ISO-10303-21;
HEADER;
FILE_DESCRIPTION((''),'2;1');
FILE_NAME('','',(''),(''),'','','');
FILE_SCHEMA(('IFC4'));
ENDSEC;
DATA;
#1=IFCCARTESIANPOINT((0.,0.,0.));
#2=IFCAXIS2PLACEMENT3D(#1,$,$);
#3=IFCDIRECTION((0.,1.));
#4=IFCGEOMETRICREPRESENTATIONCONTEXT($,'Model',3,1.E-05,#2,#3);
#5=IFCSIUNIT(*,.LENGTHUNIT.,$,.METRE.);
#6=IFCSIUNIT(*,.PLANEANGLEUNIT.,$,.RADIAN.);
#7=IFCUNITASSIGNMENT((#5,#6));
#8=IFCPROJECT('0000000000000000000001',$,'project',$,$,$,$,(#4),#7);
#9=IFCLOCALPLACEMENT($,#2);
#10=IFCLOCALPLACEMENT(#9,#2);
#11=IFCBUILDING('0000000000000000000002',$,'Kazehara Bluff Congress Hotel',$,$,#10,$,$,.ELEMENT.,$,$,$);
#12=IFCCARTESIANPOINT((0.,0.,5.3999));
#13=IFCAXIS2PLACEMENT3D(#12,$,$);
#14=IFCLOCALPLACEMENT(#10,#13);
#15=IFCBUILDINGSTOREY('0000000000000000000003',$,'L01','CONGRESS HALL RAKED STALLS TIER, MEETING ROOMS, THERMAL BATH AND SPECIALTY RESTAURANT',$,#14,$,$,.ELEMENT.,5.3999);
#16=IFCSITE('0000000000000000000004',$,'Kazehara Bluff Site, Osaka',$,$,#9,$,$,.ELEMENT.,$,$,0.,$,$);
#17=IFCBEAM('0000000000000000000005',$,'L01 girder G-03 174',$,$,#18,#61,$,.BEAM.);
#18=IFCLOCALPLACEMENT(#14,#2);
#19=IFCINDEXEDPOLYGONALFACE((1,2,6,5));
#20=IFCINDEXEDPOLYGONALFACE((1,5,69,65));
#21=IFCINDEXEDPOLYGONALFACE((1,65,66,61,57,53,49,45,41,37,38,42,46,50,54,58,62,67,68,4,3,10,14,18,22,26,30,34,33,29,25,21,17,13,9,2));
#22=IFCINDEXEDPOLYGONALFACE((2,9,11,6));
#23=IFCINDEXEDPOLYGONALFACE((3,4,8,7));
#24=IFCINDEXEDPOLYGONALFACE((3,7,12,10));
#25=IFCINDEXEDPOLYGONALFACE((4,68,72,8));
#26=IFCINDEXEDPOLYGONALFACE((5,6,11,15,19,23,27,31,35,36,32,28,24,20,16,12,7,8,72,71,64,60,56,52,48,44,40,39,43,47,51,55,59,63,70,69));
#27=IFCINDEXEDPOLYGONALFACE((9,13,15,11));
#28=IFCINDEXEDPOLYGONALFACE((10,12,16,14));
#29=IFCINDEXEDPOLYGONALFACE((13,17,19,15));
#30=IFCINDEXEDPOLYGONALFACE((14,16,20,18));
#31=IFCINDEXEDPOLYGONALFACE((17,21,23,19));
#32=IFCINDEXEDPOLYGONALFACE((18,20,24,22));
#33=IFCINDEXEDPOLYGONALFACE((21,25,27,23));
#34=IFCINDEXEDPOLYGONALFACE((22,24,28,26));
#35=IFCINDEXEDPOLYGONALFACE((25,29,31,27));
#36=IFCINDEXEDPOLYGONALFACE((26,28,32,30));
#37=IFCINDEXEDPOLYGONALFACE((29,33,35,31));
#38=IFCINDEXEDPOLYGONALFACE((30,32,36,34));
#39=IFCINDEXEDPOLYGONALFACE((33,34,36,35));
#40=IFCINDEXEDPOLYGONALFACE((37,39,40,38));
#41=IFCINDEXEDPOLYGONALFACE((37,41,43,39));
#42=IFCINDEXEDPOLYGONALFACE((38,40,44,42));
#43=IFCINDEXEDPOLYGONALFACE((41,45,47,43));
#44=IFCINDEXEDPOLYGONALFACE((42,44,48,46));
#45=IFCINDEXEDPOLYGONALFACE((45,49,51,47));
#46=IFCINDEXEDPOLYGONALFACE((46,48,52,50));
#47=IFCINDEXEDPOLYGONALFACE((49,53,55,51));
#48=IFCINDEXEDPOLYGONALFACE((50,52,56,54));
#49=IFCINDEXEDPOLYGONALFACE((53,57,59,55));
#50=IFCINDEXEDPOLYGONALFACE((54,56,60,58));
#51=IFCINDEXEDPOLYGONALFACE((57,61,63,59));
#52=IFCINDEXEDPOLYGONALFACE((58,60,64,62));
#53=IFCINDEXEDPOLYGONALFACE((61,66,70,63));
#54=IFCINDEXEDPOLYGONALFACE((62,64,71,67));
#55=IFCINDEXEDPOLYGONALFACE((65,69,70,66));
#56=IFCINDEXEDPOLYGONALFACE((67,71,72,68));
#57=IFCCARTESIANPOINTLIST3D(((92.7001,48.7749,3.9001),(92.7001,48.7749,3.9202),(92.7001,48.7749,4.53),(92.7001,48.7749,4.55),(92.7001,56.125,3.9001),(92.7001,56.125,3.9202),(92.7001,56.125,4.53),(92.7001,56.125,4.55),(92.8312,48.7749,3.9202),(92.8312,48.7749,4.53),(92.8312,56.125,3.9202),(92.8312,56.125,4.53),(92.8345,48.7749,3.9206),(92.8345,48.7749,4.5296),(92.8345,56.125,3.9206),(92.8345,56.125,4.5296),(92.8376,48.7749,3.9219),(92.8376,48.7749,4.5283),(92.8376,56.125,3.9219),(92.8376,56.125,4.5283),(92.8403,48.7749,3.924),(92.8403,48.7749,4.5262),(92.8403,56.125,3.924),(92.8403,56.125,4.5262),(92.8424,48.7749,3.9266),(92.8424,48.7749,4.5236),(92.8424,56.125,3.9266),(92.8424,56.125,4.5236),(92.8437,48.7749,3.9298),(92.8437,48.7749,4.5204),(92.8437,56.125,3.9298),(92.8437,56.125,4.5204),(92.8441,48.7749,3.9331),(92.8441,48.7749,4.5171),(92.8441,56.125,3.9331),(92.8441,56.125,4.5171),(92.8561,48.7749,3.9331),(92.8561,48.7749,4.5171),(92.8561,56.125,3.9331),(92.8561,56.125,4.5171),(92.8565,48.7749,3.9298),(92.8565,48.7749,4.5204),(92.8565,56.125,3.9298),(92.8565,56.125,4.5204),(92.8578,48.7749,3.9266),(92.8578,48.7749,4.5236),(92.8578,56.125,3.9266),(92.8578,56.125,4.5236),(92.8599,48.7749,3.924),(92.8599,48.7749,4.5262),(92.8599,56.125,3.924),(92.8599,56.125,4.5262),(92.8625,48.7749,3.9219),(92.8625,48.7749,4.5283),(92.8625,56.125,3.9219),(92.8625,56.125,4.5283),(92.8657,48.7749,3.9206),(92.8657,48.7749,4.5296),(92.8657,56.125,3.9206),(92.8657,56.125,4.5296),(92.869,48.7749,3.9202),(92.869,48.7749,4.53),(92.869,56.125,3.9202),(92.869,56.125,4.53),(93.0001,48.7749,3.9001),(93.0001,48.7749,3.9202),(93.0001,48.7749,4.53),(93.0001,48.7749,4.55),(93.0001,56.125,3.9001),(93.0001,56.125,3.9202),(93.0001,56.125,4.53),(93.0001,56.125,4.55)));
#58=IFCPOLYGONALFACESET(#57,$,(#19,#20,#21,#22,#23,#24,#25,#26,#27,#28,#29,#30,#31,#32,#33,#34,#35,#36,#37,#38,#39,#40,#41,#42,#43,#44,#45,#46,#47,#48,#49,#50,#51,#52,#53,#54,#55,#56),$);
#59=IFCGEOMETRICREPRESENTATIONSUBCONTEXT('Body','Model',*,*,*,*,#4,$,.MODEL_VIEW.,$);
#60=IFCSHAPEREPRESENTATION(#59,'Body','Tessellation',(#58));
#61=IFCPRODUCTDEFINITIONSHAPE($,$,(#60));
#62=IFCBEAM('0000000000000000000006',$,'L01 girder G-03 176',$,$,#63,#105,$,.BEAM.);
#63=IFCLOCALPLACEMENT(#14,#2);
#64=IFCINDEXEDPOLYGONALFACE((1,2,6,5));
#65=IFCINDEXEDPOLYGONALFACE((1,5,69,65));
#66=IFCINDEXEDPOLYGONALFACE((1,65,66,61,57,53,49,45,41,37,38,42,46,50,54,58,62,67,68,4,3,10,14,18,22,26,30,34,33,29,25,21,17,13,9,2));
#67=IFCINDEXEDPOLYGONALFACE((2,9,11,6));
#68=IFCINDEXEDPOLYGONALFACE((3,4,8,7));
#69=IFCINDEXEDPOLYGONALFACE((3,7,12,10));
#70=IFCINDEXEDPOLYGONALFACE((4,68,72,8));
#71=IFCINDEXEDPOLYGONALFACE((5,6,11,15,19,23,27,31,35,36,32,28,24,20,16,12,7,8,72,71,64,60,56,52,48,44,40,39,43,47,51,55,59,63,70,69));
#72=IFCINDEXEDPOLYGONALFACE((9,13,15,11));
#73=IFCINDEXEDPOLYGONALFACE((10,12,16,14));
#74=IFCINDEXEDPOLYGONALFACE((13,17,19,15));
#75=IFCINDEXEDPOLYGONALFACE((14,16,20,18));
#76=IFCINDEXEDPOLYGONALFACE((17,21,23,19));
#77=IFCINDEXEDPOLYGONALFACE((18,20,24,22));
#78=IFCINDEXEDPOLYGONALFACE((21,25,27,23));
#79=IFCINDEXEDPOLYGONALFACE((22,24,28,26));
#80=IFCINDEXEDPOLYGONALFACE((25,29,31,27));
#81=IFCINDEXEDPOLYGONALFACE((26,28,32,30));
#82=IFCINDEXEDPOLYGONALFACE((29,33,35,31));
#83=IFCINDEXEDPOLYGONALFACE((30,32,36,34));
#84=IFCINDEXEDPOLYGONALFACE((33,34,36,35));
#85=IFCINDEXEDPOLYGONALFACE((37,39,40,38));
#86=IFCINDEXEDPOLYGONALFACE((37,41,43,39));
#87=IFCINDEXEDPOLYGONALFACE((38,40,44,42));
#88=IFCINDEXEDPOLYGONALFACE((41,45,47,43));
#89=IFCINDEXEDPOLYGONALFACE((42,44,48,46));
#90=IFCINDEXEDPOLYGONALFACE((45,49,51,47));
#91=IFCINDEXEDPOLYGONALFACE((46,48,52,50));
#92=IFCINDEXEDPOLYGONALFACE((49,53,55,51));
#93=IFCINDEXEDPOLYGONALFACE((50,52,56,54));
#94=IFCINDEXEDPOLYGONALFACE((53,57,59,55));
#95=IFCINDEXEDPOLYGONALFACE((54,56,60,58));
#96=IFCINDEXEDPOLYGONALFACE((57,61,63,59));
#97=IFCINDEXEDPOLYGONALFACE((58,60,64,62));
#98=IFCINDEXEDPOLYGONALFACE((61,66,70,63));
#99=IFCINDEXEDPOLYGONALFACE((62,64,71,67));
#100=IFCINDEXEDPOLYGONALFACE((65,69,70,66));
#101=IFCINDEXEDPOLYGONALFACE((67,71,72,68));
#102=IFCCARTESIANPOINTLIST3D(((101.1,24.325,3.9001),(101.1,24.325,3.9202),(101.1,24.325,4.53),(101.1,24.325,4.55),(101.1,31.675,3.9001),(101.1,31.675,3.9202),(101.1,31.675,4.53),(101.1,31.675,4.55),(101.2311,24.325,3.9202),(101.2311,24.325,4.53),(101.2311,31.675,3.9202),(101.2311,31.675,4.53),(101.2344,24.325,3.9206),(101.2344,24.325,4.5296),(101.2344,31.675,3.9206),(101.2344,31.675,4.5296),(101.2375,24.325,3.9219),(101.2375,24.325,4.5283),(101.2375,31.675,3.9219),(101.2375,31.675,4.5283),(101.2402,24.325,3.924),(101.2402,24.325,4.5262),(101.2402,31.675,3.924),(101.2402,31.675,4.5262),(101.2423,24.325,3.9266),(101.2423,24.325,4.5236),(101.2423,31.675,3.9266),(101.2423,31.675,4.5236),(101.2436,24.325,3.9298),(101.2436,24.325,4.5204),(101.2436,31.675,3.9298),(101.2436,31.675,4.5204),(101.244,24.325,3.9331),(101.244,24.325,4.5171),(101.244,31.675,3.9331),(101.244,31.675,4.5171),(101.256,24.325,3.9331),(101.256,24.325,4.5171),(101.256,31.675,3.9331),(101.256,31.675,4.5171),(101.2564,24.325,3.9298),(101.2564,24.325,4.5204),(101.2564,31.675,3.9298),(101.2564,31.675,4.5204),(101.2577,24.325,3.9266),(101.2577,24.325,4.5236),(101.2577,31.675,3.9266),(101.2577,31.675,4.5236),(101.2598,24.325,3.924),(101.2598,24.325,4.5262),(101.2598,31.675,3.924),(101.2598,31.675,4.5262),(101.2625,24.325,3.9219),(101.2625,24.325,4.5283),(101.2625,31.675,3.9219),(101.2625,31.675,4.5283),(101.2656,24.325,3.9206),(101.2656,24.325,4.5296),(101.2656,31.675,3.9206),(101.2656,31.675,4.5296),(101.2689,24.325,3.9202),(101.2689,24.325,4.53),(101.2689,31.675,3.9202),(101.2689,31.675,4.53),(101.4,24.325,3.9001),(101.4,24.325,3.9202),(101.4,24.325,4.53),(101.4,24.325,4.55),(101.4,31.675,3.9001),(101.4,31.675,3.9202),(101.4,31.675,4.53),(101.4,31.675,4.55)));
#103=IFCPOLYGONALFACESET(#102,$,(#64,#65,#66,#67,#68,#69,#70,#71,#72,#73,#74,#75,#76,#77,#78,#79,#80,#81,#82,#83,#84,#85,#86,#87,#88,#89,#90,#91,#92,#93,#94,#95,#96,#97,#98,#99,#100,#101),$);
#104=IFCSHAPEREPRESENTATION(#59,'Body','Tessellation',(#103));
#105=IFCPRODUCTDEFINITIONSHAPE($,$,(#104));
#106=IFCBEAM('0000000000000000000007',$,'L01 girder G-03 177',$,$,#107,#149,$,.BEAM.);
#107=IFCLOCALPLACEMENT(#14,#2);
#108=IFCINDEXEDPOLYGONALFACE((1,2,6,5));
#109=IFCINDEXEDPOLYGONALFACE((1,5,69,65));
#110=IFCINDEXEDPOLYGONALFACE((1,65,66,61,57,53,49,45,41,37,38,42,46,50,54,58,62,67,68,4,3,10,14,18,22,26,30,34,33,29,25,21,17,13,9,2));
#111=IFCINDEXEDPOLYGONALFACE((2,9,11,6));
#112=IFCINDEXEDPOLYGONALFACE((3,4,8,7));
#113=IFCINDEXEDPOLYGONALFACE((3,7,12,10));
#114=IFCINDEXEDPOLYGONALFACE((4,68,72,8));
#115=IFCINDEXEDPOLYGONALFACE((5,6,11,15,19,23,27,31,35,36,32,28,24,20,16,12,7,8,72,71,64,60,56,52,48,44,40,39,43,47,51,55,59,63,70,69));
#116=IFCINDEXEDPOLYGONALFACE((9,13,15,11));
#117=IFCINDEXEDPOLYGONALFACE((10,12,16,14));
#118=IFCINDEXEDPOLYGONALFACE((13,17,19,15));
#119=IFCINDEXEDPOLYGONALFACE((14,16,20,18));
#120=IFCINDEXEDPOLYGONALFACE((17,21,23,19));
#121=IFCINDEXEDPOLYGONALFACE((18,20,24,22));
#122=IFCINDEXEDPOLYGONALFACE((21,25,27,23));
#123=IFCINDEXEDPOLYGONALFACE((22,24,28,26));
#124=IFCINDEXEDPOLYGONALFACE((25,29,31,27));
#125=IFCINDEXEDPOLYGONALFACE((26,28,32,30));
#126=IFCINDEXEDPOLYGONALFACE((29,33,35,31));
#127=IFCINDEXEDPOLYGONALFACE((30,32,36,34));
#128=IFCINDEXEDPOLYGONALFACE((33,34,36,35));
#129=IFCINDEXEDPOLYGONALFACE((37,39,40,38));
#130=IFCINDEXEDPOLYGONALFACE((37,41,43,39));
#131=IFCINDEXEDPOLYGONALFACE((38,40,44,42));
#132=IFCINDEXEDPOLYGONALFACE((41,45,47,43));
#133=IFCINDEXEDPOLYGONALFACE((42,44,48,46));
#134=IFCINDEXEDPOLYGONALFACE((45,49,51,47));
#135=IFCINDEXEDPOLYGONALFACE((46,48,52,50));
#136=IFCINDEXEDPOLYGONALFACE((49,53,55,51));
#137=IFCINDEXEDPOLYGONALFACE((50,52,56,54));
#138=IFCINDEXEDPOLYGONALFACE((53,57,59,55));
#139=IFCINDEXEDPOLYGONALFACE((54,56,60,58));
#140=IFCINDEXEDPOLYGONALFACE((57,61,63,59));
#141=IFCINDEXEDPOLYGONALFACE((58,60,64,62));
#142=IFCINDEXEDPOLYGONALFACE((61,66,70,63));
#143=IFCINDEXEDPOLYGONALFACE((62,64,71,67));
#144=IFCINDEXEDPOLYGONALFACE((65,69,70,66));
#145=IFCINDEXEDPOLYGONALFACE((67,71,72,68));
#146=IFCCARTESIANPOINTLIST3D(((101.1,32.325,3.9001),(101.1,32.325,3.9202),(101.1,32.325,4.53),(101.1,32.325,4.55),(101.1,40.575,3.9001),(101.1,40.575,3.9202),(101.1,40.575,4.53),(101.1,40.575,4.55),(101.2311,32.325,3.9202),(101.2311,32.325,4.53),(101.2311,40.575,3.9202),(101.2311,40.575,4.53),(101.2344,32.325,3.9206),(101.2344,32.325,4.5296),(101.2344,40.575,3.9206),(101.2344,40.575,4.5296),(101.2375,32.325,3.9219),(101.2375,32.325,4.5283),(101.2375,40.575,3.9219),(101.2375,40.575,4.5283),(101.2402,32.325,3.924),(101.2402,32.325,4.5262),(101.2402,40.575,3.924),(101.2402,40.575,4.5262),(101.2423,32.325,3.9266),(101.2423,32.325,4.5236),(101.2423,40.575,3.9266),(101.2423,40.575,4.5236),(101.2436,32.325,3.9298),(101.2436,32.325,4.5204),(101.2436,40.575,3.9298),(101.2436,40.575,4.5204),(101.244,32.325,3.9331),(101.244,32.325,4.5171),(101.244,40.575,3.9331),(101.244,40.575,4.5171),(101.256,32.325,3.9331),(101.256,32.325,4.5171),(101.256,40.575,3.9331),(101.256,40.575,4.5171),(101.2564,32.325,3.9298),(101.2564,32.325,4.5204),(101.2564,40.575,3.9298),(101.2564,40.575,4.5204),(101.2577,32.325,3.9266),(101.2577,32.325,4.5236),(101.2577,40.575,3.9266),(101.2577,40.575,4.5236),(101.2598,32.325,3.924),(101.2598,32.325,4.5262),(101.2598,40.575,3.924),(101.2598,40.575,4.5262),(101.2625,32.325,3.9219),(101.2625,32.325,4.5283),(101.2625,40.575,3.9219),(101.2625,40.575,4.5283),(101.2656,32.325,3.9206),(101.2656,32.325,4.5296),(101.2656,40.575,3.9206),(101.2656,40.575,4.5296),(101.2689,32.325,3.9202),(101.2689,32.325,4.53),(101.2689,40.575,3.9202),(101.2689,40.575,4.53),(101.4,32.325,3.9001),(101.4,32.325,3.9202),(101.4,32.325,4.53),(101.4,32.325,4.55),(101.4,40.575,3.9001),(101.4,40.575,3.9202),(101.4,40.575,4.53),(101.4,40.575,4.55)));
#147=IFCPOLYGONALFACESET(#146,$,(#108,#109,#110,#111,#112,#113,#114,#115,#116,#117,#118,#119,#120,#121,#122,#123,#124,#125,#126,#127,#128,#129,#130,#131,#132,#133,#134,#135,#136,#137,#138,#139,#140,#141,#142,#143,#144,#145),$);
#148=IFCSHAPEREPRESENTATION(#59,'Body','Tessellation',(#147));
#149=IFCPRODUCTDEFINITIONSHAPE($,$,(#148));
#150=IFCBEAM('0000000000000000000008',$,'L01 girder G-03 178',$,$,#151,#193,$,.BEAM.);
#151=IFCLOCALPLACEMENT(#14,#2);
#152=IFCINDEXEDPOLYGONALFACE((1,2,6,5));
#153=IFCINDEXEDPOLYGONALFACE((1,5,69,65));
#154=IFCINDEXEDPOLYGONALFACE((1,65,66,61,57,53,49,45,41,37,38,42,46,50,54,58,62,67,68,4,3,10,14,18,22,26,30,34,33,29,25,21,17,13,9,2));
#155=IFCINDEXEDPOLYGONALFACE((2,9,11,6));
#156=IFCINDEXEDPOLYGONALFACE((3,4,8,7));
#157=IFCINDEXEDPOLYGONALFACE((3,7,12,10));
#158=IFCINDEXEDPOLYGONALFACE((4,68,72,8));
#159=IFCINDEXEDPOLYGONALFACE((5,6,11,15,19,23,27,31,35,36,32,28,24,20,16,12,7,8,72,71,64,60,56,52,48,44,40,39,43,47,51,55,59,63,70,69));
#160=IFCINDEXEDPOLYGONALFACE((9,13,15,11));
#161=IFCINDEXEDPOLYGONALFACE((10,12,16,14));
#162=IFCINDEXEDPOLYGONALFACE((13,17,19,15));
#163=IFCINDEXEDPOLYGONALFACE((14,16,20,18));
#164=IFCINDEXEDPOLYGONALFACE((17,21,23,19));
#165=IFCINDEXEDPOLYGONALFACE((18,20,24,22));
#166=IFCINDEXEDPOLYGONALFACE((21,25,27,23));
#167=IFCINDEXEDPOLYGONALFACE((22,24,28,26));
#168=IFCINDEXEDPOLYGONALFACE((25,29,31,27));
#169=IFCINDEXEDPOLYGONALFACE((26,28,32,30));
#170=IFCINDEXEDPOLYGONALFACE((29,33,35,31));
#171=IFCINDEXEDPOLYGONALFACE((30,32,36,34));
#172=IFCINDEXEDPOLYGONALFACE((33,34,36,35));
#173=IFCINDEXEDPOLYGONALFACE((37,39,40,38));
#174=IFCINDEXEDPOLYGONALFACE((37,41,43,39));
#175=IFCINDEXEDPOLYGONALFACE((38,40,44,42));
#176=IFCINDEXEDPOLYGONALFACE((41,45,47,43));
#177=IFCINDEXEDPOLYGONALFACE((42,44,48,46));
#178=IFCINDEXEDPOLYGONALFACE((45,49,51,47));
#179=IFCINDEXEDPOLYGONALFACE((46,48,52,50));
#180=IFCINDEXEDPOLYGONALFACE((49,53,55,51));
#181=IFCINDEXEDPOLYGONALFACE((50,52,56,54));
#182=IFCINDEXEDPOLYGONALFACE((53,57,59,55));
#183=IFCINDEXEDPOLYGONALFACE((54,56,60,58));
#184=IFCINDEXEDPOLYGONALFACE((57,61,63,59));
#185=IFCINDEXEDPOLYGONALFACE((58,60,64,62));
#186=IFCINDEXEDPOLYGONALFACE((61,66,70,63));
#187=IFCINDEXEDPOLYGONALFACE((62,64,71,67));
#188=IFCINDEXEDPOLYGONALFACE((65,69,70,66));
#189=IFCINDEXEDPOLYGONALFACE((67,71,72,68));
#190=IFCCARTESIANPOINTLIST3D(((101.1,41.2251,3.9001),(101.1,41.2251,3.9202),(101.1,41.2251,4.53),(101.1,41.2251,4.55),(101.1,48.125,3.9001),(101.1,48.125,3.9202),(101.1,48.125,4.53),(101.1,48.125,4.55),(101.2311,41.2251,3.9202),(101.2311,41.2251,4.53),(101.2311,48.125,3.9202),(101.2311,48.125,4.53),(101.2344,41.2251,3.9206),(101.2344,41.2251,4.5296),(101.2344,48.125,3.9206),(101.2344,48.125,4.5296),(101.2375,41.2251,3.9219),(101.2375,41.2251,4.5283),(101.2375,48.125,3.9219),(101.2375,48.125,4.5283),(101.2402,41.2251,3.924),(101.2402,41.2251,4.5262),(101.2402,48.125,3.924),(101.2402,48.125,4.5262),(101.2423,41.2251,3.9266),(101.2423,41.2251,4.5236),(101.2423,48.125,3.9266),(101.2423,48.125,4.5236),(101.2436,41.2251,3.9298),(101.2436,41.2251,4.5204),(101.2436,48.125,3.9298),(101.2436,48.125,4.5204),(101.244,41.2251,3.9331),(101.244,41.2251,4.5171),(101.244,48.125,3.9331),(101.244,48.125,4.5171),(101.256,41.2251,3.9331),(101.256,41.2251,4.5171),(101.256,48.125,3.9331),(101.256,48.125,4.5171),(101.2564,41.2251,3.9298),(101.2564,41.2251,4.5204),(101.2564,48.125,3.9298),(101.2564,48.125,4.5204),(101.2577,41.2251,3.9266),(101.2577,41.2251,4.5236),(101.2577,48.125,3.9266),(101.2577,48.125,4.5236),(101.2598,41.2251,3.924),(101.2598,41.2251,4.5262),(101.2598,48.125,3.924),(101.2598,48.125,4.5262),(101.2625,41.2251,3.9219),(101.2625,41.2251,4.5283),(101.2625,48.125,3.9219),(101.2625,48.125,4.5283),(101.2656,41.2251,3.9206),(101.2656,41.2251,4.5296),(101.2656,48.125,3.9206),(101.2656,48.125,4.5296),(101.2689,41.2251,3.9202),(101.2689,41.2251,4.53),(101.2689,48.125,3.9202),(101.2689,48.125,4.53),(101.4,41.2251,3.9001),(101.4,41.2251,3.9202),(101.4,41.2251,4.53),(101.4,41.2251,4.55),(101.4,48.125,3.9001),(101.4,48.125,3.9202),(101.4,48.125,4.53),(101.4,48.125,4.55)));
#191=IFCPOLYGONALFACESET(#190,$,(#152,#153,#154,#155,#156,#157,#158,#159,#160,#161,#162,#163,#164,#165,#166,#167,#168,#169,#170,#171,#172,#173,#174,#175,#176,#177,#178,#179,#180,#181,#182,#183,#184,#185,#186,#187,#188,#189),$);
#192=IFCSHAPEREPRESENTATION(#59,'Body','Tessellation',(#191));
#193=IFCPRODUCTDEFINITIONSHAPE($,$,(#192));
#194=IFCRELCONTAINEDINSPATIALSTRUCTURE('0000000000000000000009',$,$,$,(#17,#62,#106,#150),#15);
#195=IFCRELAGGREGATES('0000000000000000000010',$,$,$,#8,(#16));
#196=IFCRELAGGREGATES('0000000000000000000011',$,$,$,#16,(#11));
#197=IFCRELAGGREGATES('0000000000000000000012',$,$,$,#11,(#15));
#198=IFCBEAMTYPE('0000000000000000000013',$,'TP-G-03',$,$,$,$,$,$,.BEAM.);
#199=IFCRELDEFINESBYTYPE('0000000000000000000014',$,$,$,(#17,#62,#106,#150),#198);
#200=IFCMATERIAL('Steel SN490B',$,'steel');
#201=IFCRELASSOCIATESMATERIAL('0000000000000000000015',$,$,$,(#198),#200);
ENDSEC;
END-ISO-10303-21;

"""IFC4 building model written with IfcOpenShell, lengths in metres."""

from ifc_helpers import new_model, si_unit, direction, frame, origin, origin_2d, place, context, subcontext, project, spatial, i_section, extrude, material, material_profile, profile_set, type_object, element, save


model = new_model("IFC4")

# Units and contexts
model_context = context("Model", 3, precision=1e-05, world=origin(), true_north=direction((0.0, 1.0)))
body_context = subcontext(model_context, "Body", "Model", "MODEL_VIEW")
ifc_project = project(units=[si_unit("LENGTHUNIT", "METRE"), si_unit("PLANEANGLEUNIT", "RADIAN")], contexts=[model_context])

# Site, building, storey
site_placement = place(None, origin())
site = spatial("IfcSite", under=ifc_project, at=site_placement, Name="Kazehara Bluff Site, Osaka", CompositionType="ELEMENT", RefElevation=0.0)
building_placement = place(site_placement, origin())
building = spatial("IfcBuilding", under=site, at=building_placement, Name="Kazehara Bluff Congress Hotel", CompositionType="ELEMENT")
storey_placement = place(building_placement, frame((0.0, 0.0, 5.3999)))
storey = spatial("IfcBuildingStorey", under=building, at=storey_placement, Name="L01", Description="CONGRESS HALL RAKED STALLS TIER, MEETING ROOMS, THERMAL BATH AND SPECIALTY RESTAURANT", CompositionType="ELEMENT", Elevation=5.3999)

# Beams
ifc_material_1 = material(Name="Steel SN490B", Category="steel")
ifc_material_profile_1 = material_profile(ifc_material_1, i_section(OverallWidth=0.3, OverallDepth=0.6499, WebThickness=0.012, FlangeThickness=0.02, FilletRadius=0.0129, at=origin_2d()))
ifc_profile_set_1 = profile_set([ifc_material_profile_1], Name="Steel SN490B")
beam_type_1 = type_object("IfcBeamType", Name="TP-G-03", PredefinedType="BEAM", material=ifc_profile_set_1)
for number, where, z_axis, x_axis, name in (
    (1, (92.8501, 48.7749, 4.2251), (0.0, 1.0, 0.0), (-1.0, 0.0, 0.0), "L01 girder G-03 174"),
    (2, (101.25, 24.325, 4.2251), (0.0, 1.0, 0.0), (-1.0, 0.0, 0.0), "L01 girder G-03 176"),
):
    element("IfcBeam", number, at=place(storey_placement, frame(where, z_axis=z_axis, x_axis=x_axis)), inside=storey, type_object=beam_type_1, Name=name, PredefinedType="BEAM", context=body_context, shape_type="SweptSolid", body=[
        extrude(i_section(OverallWidth=0.3, OverallDepth=0.6499, WebThickness=0.012, FlangeThickness=0.02, FilletRadius=0.0129, at=origin_2d()), origin(), (0.0, 0.0, 1.0), 7.3501),
    ])
beam_1_placement = place(storey_placement, frame((101.25, 32.325, 4.2251), z_axis=(0.0, 1.0, 0.0), x_axis=(-1.0, 0.0, 0.0)))
element("IfcBeam", 3, at=beam_1_placement, inside=storey, type_object=beam_type_1, Name="L01 girder G-03 177", PredefinedType="BEAM", context=body_context, shape_type="SweptSolid", body=[
    extrude(i_section(OverallWidth=0.3, OverallDepth=0.6499, WebThickness=0.012, FlangeThickness=0.02, FilletRadius=0.0129, at=origin_2d()), origin(), (0.0, 0.0, 1.0), 8.25),
])
beam_2_placement = place(storey_placement, frame((101.25, 41.2251, 4.2251), z_axis=(0.0, 1.0, 0.0), x_axis=(-1.0, 0.0, 0.0)))
element("IfcBeam", 4, at=beam_2_placement, inside=storey, type_object=beam_type_1, Name="L01 girder G-03 178", PredefinedType="BEAM", context=body_context, shape_type="SweptSolid", body=[
    extrude(i_section(OverallWidth=0.3, OverallDepth=0.6499, WebThickness=0.012, FlangeThickness=0.02, FilletRadius=0.0129, at=origin_2d()), origin(), (0.0, 0.0, 1.0), 6.8999),
])

save(model, "model.ifc")
